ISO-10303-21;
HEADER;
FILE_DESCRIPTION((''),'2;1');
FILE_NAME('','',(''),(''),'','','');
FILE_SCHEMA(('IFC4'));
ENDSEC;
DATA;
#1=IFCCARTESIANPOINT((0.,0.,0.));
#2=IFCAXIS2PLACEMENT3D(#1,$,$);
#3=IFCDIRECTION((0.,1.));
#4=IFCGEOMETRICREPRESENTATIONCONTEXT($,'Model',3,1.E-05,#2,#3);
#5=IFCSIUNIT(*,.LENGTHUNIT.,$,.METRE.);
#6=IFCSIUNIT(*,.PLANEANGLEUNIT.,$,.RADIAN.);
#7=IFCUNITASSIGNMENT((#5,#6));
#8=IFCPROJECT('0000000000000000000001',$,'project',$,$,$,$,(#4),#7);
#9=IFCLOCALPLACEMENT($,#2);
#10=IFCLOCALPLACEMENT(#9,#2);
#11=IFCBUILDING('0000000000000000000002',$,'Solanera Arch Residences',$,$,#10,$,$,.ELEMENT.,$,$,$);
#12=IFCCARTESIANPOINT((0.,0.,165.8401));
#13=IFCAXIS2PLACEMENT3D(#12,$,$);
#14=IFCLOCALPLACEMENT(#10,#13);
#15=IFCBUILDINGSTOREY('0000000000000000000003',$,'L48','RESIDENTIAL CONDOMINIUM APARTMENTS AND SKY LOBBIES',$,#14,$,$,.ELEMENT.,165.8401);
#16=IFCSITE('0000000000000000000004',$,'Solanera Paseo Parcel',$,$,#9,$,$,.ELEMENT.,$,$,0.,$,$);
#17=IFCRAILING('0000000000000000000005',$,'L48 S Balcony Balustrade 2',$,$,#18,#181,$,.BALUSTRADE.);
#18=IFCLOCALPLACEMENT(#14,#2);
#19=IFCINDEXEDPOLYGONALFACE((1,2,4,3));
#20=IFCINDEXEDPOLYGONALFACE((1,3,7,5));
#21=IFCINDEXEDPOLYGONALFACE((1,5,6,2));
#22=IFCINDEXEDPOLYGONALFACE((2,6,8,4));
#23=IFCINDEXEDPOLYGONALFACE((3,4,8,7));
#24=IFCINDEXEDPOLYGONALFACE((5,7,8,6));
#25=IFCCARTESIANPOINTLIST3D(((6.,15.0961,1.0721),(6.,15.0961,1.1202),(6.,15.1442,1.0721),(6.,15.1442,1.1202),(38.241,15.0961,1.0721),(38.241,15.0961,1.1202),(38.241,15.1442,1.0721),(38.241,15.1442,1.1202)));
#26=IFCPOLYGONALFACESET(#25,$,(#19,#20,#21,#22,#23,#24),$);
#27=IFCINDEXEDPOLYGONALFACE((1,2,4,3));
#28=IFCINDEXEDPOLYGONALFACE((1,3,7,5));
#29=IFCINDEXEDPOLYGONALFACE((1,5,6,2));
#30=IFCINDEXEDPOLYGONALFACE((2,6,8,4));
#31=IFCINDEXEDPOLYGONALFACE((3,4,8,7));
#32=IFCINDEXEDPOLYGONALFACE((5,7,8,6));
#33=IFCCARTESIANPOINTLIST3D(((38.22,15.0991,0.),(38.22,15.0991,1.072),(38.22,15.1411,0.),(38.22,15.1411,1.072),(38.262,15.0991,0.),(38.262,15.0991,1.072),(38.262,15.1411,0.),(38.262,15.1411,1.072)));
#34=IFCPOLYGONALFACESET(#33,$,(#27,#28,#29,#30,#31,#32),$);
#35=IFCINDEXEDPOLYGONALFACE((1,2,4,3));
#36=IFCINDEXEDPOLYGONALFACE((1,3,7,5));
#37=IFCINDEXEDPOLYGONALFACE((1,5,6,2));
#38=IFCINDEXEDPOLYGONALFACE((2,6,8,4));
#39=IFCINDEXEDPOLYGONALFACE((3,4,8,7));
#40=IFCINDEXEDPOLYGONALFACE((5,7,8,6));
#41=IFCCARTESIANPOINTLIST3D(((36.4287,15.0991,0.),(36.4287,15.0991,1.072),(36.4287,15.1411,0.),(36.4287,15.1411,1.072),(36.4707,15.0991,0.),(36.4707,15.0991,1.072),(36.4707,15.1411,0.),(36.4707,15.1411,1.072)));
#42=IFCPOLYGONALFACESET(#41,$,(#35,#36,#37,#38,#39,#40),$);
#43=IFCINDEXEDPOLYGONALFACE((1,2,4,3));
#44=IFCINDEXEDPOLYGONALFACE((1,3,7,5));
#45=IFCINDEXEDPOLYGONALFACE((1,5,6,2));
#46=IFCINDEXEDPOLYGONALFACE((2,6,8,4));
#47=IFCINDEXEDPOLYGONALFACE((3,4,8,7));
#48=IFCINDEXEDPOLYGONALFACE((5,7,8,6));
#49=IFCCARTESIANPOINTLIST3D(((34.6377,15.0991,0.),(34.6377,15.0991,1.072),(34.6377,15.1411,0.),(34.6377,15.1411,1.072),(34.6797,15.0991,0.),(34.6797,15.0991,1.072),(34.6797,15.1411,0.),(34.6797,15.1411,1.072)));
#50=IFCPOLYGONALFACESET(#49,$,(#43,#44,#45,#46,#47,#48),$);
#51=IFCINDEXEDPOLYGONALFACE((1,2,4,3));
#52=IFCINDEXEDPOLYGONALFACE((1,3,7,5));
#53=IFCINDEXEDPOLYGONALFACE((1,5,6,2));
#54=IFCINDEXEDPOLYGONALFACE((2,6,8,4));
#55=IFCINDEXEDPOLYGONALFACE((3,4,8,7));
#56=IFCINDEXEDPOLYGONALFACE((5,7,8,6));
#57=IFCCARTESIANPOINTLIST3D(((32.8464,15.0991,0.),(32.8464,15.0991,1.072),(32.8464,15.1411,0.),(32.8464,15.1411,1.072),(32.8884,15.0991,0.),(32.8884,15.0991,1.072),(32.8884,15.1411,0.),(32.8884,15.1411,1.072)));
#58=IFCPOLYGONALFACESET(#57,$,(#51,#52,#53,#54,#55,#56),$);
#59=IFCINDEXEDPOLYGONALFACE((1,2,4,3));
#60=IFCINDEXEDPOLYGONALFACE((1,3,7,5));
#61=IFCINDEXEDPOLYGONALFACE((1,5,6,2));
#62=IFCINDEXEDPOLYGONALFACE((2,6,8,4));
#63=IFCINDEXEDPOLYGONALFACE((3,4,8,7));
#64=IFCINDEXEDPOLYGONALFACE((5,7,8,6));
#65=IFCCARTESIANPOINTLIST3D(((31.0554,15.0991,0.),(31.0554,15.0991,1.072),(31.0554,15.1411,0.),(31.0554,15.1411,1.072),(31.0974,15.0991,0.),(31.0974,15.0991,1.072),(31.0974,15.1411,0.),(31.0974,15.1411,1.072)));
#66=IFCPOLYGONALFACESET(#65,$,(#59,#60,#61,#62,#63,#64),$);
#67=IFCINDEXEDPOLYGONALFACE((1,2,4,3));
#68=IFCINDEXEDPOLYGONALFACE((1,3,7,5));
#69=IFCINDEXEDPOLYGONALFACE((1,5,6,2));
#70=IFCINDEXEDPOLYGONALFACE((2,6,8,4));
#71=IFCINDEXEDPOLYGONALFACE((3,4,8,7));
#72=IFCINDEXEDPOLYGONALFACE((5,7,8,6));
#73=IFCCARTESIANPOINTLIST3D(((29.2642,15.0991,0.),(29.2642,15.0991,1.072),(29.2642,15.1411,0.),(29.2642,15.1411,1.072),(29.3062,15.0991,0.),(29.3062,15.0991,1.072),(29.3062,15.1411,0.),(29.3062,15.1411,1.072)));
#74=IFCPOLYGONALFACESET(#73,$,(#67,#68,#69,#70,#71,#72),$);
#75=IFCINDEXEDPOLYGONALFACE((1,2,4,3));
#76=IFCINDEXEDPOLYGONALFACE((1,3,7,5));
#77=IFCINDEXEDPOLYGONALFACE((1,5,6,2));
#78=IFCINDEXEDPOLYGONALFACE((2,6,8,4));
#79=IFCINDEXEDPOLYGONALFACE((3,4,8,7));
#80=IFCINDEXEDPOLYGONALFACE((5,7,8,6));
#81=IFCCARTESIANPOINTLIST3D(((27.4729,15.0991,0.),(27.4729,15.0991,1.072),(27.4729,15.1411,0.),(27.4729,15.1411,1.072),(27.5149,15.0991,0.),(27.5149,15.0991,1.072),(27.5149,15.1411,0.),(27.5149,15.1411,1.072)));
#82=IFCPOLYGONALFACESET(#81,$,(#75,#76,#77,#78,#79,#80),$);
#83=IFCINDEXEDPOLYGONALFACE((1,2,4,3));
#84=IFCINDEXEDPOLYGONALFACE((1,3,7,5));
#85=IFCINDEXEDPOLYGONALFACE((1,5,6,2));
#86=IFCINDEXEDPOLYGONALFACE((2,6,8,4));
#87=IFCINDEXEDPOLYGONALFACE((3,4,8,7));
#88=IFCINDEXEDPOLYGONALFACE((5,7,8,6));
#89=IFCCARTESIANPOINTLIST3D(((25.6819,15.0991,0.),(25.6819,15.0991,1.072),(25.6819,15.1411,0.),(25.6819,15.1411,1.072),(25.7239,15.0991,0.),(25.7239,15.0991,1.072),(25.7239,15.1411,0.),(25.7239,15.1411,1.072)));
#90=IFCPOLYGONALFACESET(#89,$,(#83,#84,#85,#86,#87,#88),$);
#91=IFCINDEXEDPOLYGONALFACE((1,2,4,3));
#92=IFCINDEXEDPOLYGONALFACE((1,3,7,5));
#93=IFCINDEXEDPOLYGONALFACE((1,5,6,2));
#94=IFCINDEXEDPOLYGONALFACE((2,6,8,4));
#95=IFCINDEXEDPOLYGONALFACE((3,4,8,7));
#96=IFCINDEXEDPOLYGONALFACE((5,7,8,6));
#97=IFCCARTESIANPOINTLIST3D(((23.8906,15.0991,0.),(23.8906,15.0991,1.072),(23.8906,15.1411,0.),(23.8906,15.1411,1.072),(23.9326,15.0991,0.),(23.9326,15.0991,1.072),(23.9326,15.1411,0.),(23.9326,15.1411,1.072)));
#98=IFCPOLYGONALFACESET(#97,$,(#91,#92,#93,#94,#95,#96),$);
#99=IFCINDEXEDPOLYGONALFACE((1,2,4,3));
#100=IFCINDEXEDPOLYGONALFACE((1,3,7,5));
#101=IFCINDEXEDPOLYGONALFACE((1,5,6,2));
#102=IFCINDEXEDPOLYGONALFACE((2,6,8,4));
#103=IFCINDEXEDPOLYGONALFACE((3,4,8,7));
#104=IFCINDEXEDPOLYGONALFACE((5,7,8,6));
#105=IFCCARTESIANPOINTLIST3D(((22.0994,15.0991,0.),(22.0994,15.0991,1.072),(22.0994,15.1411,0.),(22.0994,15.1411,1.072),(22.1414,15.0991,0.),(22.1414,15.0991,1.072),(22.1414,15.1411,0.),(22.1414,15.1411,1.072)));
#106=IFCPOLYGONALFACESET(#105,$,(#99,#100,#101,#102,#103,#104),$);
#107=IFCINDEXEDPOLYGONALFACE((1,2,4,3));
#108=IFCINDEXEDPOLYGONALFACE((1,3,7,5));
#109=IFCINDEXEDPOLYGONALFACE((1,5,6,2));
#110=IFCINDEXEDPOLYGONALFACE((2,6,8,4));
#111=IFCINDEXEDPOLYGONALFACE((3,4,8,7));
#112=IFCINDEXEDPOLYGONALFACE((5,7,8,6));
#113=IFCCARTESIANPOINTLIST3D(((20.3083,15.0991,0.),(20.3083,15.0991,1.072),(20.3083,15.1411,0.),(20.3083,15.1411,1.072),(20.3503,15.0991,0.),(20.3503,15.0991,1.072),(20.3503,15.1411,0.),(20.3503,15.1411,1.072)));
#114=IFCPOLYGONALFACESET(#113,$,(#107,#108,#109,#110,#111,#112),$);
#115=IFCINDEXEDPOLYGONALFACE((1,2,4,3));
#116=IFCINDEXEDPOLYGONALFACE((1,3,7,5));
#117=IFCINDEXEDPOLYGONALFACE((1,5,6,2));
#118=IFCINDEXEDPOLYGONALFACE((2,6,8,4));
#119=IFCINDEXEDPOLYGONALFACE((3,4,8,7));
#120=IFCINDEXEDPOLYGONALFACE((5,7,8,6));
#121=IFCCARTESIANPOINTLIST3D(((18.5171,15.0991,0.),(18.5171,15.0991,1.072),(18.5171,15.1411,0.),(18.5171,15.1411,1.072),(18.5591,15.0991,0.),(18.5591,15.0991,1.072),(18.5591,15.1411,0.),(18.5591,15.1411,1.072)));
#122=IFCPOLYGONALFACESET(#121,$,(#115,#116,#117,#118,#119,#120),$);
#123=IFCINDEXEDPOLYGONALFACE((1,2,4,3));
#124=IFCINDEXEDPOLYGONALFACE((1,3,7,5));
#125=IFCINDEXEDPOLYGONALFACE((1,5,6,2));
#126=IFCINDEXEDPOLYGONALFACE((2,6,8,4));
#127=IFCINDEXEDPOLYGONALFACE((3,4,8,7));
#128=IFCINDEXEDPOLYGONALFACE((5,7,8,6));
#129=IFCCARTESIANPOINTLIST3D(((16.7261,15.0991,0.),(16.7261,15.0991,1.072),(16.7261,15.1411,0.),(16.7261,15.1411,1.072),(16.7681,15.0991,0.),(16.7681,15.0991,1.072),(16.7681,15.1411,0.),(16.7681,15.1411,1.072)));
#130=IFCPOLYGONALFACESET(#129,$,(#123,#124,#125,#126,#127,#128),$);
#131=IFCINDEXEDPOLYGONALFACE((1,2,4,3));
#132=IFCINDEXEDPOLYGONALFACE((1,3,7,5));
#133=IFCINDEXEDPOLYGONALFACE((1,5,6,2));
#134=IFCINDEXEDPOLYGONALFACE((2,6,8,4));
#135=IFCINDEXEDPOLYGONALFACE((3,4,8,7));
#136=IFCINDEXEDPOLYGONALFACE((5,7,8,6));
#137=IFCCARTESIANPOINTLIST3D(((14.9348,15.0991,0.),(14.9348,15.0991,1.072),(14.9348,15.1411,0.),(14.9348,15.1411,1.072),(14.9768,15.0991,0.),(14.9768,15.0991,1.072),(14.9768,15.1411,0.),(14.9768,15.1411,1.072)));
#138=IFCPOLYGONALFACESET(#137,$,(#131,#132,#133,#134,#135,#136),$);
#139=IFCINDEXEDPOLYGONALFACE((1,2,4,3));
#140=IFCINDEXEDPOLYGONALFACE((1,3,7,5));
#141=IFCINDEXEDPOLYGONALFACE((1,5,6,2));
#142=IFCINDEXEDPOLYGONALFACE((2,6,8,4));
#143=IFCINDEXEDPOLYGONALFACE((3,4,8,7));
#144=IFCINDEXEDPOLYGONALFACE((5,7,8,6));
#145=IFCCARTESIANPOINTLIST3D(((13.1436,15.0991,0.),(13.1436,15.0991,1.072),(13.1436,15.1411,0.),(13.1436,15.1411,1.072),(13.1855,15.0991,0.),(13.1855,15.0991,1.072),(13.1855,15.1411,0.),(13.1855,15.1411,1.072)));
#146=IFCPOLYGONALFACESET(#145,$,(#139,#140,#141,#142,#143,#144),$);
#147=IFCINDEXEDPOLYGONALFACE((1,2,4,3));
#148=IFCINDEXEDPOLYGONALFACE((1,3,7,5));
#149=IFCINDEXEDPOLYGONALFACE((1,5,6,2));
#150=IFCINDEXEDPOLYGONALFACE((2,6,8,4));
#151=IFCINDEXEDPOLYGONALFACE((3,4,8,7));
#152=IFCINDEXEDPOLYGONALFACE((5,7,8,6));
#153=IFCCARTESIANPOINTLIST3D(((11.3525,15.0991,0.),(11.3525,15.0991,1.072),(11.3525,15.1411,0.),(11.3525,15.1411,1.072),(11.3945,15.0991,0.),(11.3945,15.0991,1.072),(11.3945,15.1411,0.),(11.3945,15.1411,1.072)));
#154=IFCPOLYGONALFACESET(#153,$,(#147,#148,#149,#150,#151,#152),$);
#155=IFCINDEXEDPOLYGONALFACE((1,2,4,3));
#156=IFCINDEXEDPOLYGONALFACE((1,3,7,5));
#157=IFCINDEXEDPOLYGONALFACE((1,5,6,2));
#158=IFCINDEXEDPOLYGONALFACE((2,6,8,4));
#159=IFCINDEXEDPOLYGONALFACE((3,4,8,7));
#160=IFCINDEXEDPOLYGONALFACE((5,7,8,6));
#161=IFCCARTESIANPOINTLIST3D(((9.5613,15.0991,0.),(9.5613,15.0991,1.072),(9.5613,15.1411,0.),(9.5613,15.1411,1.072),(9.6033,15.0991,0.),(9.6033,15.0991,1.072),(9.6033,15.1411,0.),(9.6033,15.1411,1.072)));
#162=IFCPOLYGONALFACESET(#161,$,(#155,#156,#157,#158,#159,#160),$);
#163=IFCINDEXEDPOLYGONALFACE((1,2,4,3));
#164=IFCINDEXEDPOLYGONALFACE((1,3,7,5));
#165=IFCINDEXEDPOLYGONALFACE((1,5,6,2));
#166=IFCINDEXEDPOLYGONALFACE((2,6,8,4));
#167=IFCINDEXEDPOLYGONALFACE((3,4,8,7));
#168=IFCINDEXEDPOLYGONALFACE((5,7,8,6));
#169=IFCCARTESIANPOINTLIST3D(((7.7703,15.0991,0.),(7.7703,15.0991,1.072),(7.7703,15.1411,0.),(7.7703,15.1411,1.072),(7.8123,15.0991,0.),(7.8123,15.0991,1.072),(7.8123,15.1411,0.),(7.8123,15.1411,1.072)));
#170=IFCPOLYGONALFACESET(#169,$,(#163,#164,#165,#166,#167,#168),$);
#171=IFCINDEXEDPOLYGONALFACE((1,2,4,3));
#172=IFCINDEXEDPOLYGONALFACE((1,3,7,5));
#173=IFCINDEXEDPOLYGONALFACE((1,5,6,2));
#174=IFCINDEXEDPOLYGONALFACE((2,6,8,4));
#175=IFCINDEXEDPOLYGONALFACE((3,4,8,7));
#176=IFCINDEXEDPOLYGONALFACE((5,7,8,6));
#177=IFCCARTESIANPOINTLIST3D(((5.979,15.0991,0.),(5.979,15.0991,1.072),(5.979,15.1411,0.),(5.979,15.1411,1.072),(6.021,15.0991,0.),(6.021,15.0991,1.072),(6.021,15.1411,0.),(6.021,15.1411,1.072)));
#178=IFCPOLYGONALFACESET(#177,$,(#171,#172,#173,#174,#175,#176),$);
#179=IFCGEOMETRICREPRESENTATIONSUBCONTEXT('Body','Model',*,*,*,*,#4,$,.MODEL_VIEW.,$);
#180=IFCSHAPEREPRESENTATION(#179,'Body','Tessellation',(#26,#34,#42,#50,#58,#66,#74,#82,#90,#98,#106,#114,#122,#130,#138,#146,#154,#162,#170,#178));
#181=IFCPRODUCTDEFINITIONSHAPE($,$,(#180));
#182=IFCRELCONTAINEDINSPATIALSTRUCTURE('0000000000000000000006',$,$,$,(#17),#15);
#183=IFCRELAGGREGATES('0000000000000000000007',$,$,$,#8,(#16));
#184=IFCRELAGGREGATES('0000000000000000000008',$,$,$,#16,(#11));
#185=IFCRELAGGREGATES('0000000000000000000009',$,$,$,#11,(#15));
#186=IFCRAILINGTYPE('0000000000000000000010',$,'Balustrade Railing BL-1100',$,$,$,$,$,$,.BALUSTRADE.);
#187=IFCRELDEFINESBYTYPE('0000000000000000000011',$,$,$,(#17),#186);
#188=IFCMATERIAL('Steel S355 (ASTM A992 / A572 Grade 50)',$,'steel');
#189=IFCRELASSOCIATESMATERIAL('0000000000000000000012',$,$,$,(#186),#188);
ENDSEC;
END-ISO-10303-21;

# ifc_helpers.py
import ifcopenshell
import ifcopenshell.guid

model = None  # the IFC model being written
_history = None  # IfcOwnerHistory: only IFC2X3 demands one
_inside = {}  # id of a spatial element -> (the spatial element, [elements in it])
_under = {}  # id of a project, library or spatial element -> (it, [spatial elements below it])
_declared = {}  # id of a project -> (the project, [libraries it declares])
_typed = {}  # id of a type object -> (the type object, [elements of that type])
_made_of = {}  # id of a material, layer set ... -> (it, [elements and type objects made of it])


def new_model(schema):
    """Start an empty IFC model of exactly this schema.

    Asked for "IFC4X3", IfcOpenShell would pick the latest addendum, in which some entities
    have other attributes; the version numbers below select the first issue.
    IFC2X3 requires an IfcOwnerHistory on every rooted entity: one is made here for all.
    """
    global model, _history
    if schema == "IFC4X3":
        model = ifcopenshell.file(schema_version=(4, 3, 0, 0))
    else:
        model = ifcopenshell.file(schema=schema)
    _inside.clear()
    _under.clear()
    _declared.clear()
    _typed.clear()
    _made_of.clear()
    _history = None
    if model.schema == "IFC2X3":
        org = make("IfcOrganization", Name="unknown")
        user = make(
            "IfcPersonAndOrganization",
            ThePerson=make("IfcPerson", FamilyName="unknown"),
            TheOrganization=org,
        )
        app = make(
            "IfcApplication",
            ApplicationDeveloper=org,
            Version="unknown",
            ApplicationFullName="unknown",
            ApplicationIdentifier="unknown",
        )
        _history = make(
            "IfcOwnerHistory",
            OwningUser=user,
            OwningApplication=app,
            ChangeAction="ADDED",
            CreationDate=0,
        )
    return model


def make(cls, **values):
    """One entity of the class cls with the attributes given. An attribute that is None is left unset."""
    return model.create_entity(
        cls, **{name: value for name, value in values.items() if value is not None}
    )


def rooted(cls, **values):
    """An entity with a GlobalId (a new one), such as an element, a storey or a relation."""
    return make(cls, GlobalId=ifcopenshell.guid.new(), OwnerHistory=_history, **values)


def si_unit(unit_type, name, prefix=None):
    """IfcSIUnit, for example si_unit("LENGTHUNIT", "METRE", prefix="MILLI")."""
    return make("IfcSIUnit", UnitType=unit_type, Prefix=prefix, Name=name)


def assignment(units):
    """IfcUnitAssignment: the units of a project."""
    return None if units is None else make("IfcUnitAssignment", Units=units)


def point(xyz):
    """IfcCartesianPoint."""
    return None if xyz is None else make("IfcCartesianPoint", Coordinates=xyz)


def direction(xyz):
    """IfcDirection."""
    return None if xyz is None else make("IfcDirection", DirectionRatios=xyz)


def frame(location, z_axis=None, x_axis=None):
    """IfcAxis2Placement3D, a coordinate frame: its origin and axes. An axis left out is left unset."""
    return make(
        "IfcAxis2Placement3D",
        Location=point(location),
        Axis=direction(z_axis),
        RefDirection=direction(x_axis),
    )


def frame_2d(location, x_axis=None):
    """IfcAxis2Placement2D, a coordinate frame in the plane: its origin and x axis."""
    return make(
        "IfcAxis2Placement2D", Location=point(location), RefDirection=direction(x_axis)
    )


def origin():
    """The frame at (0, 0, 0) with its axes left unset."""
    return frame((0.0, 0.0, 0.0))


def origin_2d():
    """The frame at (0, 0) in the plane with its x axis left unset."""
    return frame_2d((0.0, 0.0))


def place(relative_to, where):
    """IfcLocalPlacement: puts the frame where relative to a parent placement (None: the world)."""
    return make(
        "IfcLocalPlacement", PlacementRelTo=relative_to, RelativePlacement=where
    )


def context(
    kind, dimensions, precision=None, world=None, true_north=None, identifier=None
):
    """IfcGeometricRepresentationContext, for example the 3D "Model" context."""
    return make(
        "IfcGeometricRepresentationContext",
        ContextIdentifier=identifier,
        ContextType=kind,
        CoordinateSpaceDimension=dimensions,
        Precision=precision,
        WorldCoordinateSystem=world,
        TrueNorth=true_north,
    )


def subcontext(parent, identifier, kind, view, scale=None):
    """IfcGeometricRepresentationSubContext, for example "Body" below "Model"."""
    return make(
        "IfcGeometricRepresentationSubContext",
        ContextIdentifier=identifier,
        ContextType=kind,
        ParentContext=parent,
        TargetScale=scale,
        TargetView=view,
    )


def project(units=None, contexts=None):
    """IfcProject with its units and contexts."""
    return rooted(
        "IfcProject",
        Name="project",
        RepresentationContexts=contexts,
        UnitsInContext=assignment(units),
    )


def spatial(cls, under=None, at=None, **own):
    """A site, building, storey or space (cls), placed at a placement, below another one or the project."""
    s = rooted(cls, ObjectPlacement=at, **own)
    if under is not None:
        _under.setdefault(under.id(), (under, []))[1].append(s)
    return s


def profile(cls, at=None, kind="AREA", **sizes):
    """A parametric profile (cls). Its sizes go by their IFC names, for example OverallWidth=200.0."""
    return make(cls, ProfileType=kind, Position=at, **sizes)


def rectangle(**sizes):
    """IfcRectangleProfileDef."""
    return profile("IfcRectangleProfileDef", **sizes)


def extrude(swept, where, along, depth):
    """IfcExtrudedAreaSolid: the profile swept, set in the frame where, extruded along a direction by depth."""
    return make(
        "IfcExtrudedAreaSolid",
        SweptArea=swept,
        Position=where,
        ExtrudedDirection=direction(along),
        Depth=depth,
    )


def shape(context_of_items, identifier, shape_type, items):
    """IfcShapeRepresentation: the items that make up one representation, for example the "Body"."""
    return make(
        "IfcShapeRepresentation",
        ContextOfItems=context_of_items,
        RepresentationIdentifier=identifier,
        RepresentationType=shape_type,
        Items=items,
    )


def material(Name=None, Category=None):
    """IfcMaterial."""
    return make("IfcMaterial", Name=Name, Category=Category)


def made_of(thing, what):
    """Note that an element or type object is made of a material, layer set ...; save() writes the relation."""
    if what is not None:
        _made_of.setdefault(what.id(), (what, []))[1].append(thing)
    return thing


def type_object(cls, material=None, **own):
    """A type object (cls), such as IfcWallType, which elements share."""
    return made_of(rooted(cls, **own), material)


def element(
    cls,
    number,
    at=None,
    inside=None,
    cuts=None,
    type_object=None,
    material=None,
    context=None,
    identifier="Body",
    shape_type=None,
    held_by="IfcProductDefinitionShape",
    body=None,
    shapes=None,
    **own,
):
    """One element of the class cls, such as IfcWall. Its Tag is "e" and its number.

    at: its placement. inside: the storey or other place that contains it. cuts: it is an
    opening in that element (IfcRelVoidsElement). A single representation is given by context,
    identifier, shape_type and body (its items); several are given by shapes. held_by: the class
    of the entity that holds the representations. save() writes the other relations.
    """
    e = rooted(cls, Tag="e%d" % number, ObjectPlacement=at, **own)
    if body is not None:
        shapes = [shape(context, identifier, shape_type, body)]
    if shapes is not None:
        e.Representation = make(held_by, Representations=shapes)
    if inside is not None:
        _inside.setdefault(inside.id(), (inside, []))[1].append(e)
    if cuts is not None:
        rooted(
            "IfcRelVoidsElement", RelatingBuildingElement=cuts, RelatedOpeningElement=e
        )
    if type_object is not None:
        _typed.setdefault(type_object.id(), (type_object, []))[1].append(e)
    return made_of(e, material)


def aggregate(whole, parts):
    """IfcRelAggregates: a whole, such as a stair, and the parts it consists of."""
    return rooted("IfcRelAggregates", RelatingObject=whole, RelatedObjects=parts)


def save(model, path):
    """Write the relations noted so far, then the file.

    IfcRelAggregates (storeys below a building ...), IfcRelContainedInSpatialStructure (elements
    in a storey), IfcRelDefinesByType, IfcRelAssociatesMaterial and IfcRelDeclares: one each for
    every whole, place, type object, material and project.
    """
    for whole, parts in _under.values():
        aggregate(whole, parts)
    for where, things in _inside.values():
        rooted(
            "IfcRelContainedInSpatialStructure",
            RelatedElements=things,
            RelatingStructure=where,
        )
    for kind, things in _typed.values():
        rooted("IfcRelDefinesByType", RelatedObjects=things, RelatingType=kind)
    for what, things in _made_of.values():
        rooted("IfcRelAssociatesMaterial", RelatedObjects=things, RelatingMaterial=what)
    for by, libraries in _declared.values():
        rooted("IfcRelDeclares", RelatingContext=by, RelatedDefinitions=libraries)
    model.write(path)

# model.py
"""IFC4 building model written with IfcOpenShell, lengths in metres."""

from ifc_helpers import new_model, si_unit, direction, frame, origin, origin_2d, place, context, subcontext, project, spatial, rectangle, extrude, material, type_object, element, save


model = new_model("IFC4")

# Units and contexts
model_context = context("Model", 3, precision=1e-05, world=origin(), true_north=direction((0.0, 1.0)))
body_context = subcontext(model_context, "Body", "Model", "MODEL_VIEW")
ifc_project = project(units=[si_unit("LENGTHUNIT", "METRE"), si_unit("PLANEANGLEUNIT", "RADIAN")], contexts=[model_context])

# Site, building, storey
site_placement = place(None, origin())
site = spatial("IfcSite", under=ifc_project, at=site_placement, Name="Solanera Paseo Parcel", CompositionType="ELEMENT", RefElevation=0.0)
building_placement = place(site_placement, origin())
building = spatial("IfcBuilding", under=site, at=building_placement, Name="Solanera Arch Residences", CompositionType="ELEMENT")
storey_placement = place(building_placement, frame((0.0, 0.0, 165.8401)))
storey = spatial("IfcBuildingStorey", under=building, at=storey_placement, Name="L48", Description="RESIDENTIAL CONDOMINIUM APARTMENTS AND SKY LOBBIES", CompositionType="ELEMENT", Elevation=165.8401)

# Railing
ifc_material_1 = material(Name="Steel S355 (ASTM A992 / A572 Grade 50)", Category="steel")
railing_type = type_object("IfcRailingType", Name="Balustrade Railing BL-1100", PredefinedType="BALUSTRADE", material=ifc_material_1)
railing_placement = place(storey_placement, frame((38.241, 15.1201, 0.0)))
element("IfcRailing", 1, at=railing_placement, inside=storey, type_object=railing_type, Name="L48 S Balcony Balustrade 2", PredefinedType="BALUSTRADE", context=body_context, shape_type="SweptSolid", body=[
    extrude(rectangle(XDim=0.0481, YDim=0.0481, at=origin_2d()), frame((0.0, 0.0, 1.0962), z_axis=(-1.0, 0.0, 0.0), x_axis=(0.0, -1.0, 0.0)), (0.0, 0.0, 1.0), 32.241),
    extrude(rectangle(XDim=0.042, YDim=0.042, at=origin_2d()), origin(), (0.0, 0.0, 1.0), 1.072),
    extrude(rectangle(XDim=0.042, YDim=0.042, at=origin_2d()), frame((-1.7913, 0.0, 0.0)), (0.0, 0.0, 1.0), 1.072),
    extrude(rectangle(XDim=0.042, YDim=0.042, at=origin_2d()), frame((-3.5823, 0.0, 0.0)), (0.0, 0.0, 1.0), 1.072),
    extrude(rectangle(XDim=0.042, YDim=0.042, at=origin_2d()), frame((-5.3735, 0.0, 0.0)), (0.0, 0.0, 1.0), 1.072),
    extrude(rectangle(XDim=0.042, YDim=0.042, at=origin_2d()), frame((-7.1646, 0.0, 0.0)), (0.0, 0.0, 1.0), 1.072),
    extrude(rectangle(XDim=0.042, YDim=0.042, at=origin_2d()), frame((-8.9558, 0.0, 0.0)), (0.0, 0.0, 1.0), 1.072),
    extrude(rectangle(XDim=0.042, YDim=0.042, at=origin_2d()), frame((-10.7471, 0.0, 0.0)), (0.0, 0.0, 1.0), 1.072),
    extrude(rectangle(XDim=0.042, YDim=0.042, at=origin_2d()), frame((-12.5381, 0.0, 0.0)), (0.0, 0.0, 1.0), 1.072),
    extrude(rectangle(XDim=0.042, YDim=0.042, at=origin_2d()), frame((-14.3293, 0.0, 0.0)), (0.0, 0.0, 1.0), 1.072),
    extrude(rectangle(XDim=0.042, YDim=0.042, at=origin_2d()), frame((-16.1206, 0.0, 0.0)), (0.0, 0.0, 1.0), 1.072),
    extrude(rectangle(XDim=0.042, YDim=0.042, at=origin_2d()), frame((-17.9116, 0.0, 0.0)), (0.0, 0.0, 1.0), 1.072),
    extrude(rectangle(XDim=0.042, YDim=0.042, at=origin_2d()), frame((-19.7029, 0.0, 0.0)), (0.0, 0.0, 1.0), 1.072),
    extrude(rectangle(XDim=0.042, YDim=0.042, at=origin_2d()), frame((-21.4939, 0.0, 0.0)), (0.0, 0.0, 1.0), 1.072),
    extrude(rectangle(XDim=0.042, YDim=0.042, at=origin_2d()), frame((-23.2852, 0.0, 0.0)), (0.0, 0.0, 1.0), 1.072),
    extrude(rectangle(XDim=0.042, YDim=0.042, at=origin_2d()), frame((-25.0764, 0.0, 0.0)), (0.0, 0.0, 1.0), 1.072),
    extrude(rectangle(XDim=0.042, YDim=0.042, at=origin_2d()), frame((-26.8674, 0.0, 0.0)), (0.0, 0.0, 1.0), 1.072),
    extrude(rectangle(XDim=0.042, YDim=0.042, at=origin_2d()), frame((-28.6587, 0.0, 0.0)), (0.0, 0.0, 1.0), 1.072),
    extrude(rectangle(XDim=0.042, YDim=0.042, at=origin_2d()), frame((-30.4497, 0.0, 0.0)), (0.0, 0.0, 1.0), 1.072),
    extrude(rectangle(XDim=0.042, YDim=0.042, at=origin_2d()), frame((-32.241, 0.0, 0.0)), (0.0, 0.0, 1.0), 1.072),
])

save(model, "model.ifc")
